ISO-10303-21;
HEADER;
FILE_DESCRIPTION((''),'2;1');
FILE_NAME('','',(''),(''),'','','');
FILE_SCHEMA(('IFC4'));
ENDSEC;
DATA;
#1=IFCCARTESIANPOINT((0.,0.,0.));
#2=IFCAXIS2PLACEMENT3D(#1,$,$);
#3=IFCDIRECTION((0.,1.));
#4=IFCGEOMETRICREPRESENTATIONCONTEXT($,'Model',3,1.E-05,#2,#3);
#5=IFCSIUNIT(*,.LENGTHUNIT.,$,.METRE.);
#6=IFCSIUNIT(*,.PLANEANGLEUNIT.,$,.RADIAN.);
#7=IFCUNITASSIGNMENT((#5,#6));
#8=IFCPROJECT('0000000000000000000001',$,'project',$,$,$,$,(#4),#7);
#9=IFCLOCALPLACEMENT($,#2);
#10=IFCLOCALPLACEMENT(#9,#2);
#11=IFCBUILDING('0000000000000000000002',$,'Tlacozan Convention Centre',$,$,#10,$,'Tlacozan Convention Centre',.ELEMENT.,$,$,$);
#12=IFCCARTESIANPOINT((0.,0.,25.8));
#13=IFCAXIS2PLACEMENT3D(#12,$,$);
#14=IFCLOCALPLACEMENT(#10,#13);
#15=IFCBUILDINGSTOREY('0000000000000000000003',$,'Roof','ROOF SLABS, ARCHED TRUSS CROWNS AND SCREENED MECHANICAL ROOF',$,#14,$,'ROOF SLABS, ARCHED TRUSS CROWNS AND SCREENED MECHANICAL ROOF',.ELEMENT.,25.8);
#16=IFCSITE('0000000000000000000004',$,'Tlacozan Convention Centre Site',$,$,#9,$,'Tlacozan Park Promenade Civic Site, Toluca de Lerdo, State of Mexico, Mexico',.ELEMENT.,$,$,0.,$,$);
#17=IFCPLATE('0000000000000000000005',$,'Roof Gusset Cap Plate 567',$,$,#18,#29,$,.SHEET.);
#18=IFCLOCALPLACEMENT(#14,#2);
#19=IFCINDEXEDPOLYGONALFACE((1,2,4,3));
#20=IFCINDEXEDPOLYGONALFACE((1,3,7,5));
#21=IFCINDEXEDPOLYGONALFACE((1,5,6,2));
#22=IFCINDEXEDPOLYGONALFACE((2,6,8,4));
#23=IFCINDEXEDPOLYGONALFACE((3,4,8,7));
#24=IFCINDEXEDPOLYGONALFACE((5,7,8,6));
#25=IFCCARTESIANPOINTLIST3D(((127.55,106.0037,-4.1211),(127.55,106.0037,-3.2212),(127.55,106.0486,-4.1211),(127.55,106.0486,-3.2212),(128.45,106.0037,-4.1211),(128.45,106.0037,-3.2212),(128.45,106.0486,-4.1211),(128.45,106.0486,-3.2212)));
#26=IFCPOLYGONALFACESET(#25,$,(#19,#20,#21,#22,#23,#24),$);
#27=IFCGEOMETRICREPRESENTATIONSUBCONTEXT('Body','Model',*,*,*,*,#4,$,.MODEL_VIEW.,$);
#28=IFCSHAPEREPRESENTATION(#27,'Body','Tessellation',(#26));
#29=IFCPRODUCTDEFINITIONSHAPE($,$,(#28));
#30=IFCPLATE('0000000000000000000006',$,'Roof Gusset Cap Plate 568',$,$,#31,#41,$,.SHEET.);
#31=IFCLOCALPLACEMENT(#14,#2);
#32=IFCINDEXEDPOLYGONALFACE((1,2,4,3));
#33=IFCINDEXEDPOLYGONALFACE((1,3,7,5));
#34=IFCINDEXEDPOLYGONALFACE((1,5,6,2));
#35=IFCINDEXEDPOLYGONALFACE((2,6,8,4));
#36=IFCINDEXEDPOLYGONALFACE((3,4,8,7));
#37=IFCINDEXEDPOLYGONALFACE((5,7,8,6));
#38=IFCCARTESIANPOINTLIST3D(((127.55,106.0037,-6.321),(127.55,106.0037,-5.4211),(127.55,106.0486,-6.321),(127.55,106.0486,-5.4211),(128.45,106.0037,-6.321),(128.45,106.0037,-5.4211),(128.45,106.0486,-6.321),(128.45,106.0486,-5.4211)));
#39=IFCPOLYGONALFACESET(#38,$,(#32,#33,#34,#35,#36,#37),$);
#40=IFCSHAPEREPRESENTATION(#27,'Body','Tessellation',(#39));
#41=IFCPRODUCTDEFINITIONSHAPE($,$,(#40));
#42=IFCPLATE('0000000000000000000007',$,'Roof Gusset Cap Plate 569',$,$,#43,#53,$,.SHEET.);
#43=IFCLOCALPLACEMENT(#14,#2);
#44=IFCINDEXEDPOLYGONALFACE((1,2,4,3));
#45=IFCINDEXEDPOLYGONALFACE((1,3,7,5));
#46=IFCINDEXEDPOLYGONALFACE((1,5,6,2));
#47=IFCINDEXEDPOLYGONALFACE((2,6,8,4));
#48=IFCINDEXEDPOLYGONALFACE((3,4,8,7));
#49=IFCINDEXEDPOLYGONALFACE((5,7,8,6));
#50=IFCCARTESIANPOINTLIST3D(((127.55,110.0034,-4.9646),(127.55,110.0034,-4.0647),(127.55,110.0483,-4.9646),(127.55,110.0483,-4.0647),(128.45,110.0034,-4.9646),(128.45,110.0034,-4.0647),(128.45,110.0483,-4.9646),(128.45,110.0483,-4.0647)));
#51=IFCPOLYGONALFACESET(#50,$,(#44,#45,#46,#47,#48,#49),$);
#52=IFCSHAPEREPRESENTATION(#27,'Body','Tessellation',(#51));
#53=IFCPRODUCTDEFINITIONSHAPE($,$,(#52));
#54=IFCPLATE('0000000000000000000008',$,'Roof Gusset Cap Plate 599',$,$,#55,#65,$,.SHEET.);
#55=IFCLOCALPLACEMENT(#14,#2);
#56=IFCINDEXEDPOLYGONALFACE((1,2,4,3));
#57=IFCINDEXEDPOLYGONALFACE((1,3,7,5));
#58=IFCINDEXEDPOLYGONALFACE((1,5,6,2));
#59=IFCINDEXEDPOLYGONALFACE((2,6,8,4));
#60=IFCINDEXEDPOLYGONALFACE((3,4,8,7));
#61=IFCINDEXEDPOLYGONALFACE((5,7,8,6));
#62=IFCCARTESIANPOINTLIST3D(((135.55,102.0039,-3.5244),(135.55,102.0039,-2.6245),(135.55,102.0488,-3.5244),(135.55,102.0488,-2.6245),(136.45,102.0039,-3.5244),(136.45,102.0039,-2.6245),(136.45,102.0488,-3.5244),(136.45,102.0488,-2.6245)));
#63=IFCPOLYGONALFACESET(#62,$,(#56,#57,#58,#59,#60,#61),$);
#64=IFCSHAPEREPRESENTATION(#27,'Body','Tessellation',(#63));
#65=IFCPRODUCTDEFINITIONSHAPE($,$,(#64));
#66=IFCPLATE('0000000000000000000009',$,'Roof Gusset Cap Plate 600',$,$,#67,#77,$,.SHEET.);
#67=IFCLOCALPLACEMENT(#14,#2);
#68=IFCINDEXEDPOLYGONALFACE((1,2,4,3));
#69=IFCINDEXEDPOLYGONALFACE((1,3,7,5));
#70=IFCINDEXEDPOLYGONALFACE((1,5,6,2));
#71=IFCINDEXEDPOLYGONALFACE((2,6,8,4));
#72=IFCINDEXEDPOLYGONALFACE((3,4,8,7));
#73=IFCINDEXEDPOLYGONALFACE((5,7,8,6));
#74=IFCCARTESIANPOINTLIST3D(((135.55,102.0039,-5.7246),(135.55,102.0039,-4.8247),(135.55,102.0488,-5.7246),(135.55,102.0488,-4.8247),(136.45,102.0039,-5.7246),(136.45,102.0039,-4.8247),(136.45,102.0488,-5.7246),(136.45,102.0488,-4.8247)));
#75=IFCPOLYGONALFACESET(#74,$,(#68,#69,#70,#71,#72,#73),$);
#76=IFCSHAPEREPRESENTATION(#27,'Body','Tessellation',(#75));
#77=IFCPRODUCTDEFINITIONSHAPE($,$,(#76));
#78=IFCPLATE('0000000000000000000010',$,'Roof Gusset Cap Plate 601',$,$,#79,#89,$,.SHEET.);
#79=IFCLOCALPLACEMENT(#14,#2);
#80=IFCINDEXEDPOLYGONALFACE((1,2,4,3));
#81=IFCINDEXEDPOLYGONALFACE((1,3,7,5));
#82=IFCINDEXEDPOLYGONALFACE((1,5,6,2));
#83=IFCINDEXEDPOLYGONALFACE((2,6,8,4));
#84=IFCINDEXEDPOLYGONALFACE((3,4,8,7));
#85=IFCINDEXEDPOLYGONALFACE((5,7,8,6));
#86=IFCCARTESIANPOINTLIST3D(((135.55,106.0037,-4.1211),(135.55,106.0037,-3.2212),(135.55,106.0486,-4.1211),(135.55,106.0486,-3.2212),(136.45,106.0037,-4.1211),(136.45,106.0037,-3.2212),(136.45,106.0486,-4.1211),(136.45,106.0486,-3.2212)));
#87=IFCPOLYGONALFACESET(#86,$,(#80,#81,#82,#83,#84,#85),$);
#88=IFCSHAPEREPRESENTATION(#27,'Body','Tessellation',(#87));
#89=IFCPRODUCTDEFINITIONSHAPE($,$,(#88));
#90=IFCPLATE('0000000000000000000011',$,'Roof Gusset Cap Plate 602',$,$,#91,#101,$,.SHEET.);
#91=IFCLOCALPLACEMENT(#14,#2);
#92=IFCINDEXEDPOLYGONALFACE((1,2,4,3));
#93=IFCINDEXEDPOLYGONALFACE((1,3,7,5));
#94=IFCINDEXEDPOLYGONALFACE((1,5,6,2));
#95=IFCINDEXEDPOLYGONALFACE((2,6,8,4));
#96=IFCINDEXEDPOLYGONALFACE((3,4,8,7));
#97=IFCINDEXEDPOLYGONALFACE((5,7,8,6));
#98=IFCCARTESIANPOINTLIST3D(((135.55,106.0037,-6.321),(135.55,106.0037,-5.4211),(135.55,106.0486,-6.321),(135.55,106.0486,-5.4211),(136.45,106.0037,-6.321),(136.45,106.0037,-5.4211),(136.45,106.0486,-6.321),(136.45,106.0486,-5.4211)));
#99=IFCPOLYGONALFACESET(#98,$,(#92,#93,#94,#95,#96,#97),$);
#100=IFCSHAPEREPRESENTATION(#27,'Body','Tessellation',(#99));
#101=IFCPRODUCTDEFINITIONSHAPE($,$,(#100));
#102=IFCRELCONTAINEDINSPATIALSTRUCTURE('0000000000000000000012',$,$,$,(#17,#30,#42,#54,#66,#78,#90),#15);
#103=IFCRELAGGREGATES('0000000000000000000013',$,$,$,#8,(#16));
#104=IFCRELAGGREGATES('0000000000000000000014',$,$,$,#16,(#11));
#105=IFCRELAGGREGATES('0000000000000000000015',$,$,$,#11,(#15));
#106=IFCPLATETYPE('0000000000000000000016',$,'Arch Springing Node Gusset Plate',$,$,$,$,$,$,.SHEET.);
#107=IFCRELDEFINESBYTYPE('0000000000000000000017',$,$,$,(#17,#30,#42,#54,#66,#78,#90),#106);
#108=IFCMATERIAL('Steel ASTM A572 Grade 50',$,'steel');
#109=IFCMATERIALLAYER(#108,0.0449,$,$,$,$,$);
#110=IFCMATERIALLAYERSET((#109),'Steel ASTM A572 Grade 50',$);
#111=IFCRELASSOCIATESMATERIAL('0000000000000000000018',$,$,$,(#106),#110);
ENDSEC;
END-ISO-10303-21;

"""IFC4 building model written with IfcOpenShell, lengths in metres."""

from ifc_helpers import new_model, si_unit, direction, frame, origin, origin_2d, place, context, subcontext, project, spatial, rectangle, extrude, material, layer, layer_set, type_object, element, save


model = new_model("IFC4")

# Units and contexts
model_context = context("Model", 3, precision=1e-05, world=origin(), true_north=direction((0.0, 1.0)))
body_context = subcontext(model_context, "Body", "Model", "MODEL_VIEW")
ifc_project = project(units=[si_unit("LENGTHUNIT", "METRE"), si_unit("PLANEANGLEUNIT", "RADIAN")], contexts=[model_context])

# Site, building, storey
site_placement = place(None, origin())
site = spatial("IfcSite", under=ifc_project, at=site_placement, Name="Tlacozan Convention Centre Site", LongName="Tlacozan Park Promenade Civic Site, Toluca de Lerdo, State of Mexico, Mexico", CompositionType="ELEMENT", RefElevation=0.0)
building_placement = place(site_placement, origin())
building = spatial("IfcBuilding", under=site, at=building_placement, Name="Tlacozan Convention Centre", LongName="Tlacozan Convention Centre", CompositionType="ELEMENT")
storey_placement = place(building_placement, frame((0.0, 0.0, 25.8)))
storey = spatial("IfcBuildingStorey", under=building, at=storey_placement, Name="Roof", Description="ROOF SLABS, ARCHED TRUSS CROWNS AND SCREENED MECHANICAL ROOF", LongName="ROOF SLABS, ARCHED TRUSS CROWNS AND SCREENED MECHANICAL ROOF", CompositionType="ELEMENT", Elevation=25.8)

# Plates
ifc_material_1 = material(Name="Steel ASTM A572 Grade 50", Category="steel")
ifc_layer = layer(ifc_material_1, 0.0449)
ifc_layer_set = layer_set([ifc_layer], Name="Steel ASTM A572 Grade 50")
plate_type = type_object("IfcPlateType", Name="Arch Springing Node Gusset Plate", PredefinedType="SHEET", material=ifc_layer_set)
for number, where, z_axis, x_axis, name in (
    (1, (128.0, 106.0261, -4.1211), (0.0, 0.0, 1.0), (0.0, 1.0, 0.0), "Roof Gusset Cap Plate 567"),
    (2, (128.0, 106.0261, -6.321), (0.0, 0.0, 1.0), (0.0, 1.0, 0.0), "Roof Gusset Cap Plate 568"),
    (3, (128.0, 110.0259, -4.9646), (0.0, 0.0, 1.0), (0.0, 1.0, 0.0), "Roof Gusset Cap Plate 569"),
    (4, (136.0, 102.0264, -3.5244), (0.0, 0.0, 1.0), (0.0, 1.0, 0.0), "Roof Gusset Cap Plate 599"),
    (5, (136.0, 102.0264, -5.7246), (0.0, 0.0, 1.0), (0.0, 1.0, 0.0), "Roof Gusset Cap Plate 600"),
    (6, (136.0, 106.0261, -4.1211), (0.0, 0.0, 1.0), (0.0, 1.0, 0.0), "Roof Gusset Cap Plate 601"),
    (7, (136.0, 106.0261, -6.321), (0.0, 0.0, 1.0), (0.0, 1.0, 0.0), "Roof Gusset Cap Plate 602"),
):
    element("IfcPlate", number, at=place(storey_placement, frame(where, z_axis=z_axis, x_axis=x_axis)), inside=storey, type_object=plate_type, Name=name, PredefinedType="SHEET", context=body_context, shape_type="SweptSolid", body=[
        extrude(rectangle(XDim=0.0449, YDim=0.8999, at=origin_2d()), origin(), (0.0, 0.0, 1.0), 0.8999),
    ])

save(model, "model.ifc")
